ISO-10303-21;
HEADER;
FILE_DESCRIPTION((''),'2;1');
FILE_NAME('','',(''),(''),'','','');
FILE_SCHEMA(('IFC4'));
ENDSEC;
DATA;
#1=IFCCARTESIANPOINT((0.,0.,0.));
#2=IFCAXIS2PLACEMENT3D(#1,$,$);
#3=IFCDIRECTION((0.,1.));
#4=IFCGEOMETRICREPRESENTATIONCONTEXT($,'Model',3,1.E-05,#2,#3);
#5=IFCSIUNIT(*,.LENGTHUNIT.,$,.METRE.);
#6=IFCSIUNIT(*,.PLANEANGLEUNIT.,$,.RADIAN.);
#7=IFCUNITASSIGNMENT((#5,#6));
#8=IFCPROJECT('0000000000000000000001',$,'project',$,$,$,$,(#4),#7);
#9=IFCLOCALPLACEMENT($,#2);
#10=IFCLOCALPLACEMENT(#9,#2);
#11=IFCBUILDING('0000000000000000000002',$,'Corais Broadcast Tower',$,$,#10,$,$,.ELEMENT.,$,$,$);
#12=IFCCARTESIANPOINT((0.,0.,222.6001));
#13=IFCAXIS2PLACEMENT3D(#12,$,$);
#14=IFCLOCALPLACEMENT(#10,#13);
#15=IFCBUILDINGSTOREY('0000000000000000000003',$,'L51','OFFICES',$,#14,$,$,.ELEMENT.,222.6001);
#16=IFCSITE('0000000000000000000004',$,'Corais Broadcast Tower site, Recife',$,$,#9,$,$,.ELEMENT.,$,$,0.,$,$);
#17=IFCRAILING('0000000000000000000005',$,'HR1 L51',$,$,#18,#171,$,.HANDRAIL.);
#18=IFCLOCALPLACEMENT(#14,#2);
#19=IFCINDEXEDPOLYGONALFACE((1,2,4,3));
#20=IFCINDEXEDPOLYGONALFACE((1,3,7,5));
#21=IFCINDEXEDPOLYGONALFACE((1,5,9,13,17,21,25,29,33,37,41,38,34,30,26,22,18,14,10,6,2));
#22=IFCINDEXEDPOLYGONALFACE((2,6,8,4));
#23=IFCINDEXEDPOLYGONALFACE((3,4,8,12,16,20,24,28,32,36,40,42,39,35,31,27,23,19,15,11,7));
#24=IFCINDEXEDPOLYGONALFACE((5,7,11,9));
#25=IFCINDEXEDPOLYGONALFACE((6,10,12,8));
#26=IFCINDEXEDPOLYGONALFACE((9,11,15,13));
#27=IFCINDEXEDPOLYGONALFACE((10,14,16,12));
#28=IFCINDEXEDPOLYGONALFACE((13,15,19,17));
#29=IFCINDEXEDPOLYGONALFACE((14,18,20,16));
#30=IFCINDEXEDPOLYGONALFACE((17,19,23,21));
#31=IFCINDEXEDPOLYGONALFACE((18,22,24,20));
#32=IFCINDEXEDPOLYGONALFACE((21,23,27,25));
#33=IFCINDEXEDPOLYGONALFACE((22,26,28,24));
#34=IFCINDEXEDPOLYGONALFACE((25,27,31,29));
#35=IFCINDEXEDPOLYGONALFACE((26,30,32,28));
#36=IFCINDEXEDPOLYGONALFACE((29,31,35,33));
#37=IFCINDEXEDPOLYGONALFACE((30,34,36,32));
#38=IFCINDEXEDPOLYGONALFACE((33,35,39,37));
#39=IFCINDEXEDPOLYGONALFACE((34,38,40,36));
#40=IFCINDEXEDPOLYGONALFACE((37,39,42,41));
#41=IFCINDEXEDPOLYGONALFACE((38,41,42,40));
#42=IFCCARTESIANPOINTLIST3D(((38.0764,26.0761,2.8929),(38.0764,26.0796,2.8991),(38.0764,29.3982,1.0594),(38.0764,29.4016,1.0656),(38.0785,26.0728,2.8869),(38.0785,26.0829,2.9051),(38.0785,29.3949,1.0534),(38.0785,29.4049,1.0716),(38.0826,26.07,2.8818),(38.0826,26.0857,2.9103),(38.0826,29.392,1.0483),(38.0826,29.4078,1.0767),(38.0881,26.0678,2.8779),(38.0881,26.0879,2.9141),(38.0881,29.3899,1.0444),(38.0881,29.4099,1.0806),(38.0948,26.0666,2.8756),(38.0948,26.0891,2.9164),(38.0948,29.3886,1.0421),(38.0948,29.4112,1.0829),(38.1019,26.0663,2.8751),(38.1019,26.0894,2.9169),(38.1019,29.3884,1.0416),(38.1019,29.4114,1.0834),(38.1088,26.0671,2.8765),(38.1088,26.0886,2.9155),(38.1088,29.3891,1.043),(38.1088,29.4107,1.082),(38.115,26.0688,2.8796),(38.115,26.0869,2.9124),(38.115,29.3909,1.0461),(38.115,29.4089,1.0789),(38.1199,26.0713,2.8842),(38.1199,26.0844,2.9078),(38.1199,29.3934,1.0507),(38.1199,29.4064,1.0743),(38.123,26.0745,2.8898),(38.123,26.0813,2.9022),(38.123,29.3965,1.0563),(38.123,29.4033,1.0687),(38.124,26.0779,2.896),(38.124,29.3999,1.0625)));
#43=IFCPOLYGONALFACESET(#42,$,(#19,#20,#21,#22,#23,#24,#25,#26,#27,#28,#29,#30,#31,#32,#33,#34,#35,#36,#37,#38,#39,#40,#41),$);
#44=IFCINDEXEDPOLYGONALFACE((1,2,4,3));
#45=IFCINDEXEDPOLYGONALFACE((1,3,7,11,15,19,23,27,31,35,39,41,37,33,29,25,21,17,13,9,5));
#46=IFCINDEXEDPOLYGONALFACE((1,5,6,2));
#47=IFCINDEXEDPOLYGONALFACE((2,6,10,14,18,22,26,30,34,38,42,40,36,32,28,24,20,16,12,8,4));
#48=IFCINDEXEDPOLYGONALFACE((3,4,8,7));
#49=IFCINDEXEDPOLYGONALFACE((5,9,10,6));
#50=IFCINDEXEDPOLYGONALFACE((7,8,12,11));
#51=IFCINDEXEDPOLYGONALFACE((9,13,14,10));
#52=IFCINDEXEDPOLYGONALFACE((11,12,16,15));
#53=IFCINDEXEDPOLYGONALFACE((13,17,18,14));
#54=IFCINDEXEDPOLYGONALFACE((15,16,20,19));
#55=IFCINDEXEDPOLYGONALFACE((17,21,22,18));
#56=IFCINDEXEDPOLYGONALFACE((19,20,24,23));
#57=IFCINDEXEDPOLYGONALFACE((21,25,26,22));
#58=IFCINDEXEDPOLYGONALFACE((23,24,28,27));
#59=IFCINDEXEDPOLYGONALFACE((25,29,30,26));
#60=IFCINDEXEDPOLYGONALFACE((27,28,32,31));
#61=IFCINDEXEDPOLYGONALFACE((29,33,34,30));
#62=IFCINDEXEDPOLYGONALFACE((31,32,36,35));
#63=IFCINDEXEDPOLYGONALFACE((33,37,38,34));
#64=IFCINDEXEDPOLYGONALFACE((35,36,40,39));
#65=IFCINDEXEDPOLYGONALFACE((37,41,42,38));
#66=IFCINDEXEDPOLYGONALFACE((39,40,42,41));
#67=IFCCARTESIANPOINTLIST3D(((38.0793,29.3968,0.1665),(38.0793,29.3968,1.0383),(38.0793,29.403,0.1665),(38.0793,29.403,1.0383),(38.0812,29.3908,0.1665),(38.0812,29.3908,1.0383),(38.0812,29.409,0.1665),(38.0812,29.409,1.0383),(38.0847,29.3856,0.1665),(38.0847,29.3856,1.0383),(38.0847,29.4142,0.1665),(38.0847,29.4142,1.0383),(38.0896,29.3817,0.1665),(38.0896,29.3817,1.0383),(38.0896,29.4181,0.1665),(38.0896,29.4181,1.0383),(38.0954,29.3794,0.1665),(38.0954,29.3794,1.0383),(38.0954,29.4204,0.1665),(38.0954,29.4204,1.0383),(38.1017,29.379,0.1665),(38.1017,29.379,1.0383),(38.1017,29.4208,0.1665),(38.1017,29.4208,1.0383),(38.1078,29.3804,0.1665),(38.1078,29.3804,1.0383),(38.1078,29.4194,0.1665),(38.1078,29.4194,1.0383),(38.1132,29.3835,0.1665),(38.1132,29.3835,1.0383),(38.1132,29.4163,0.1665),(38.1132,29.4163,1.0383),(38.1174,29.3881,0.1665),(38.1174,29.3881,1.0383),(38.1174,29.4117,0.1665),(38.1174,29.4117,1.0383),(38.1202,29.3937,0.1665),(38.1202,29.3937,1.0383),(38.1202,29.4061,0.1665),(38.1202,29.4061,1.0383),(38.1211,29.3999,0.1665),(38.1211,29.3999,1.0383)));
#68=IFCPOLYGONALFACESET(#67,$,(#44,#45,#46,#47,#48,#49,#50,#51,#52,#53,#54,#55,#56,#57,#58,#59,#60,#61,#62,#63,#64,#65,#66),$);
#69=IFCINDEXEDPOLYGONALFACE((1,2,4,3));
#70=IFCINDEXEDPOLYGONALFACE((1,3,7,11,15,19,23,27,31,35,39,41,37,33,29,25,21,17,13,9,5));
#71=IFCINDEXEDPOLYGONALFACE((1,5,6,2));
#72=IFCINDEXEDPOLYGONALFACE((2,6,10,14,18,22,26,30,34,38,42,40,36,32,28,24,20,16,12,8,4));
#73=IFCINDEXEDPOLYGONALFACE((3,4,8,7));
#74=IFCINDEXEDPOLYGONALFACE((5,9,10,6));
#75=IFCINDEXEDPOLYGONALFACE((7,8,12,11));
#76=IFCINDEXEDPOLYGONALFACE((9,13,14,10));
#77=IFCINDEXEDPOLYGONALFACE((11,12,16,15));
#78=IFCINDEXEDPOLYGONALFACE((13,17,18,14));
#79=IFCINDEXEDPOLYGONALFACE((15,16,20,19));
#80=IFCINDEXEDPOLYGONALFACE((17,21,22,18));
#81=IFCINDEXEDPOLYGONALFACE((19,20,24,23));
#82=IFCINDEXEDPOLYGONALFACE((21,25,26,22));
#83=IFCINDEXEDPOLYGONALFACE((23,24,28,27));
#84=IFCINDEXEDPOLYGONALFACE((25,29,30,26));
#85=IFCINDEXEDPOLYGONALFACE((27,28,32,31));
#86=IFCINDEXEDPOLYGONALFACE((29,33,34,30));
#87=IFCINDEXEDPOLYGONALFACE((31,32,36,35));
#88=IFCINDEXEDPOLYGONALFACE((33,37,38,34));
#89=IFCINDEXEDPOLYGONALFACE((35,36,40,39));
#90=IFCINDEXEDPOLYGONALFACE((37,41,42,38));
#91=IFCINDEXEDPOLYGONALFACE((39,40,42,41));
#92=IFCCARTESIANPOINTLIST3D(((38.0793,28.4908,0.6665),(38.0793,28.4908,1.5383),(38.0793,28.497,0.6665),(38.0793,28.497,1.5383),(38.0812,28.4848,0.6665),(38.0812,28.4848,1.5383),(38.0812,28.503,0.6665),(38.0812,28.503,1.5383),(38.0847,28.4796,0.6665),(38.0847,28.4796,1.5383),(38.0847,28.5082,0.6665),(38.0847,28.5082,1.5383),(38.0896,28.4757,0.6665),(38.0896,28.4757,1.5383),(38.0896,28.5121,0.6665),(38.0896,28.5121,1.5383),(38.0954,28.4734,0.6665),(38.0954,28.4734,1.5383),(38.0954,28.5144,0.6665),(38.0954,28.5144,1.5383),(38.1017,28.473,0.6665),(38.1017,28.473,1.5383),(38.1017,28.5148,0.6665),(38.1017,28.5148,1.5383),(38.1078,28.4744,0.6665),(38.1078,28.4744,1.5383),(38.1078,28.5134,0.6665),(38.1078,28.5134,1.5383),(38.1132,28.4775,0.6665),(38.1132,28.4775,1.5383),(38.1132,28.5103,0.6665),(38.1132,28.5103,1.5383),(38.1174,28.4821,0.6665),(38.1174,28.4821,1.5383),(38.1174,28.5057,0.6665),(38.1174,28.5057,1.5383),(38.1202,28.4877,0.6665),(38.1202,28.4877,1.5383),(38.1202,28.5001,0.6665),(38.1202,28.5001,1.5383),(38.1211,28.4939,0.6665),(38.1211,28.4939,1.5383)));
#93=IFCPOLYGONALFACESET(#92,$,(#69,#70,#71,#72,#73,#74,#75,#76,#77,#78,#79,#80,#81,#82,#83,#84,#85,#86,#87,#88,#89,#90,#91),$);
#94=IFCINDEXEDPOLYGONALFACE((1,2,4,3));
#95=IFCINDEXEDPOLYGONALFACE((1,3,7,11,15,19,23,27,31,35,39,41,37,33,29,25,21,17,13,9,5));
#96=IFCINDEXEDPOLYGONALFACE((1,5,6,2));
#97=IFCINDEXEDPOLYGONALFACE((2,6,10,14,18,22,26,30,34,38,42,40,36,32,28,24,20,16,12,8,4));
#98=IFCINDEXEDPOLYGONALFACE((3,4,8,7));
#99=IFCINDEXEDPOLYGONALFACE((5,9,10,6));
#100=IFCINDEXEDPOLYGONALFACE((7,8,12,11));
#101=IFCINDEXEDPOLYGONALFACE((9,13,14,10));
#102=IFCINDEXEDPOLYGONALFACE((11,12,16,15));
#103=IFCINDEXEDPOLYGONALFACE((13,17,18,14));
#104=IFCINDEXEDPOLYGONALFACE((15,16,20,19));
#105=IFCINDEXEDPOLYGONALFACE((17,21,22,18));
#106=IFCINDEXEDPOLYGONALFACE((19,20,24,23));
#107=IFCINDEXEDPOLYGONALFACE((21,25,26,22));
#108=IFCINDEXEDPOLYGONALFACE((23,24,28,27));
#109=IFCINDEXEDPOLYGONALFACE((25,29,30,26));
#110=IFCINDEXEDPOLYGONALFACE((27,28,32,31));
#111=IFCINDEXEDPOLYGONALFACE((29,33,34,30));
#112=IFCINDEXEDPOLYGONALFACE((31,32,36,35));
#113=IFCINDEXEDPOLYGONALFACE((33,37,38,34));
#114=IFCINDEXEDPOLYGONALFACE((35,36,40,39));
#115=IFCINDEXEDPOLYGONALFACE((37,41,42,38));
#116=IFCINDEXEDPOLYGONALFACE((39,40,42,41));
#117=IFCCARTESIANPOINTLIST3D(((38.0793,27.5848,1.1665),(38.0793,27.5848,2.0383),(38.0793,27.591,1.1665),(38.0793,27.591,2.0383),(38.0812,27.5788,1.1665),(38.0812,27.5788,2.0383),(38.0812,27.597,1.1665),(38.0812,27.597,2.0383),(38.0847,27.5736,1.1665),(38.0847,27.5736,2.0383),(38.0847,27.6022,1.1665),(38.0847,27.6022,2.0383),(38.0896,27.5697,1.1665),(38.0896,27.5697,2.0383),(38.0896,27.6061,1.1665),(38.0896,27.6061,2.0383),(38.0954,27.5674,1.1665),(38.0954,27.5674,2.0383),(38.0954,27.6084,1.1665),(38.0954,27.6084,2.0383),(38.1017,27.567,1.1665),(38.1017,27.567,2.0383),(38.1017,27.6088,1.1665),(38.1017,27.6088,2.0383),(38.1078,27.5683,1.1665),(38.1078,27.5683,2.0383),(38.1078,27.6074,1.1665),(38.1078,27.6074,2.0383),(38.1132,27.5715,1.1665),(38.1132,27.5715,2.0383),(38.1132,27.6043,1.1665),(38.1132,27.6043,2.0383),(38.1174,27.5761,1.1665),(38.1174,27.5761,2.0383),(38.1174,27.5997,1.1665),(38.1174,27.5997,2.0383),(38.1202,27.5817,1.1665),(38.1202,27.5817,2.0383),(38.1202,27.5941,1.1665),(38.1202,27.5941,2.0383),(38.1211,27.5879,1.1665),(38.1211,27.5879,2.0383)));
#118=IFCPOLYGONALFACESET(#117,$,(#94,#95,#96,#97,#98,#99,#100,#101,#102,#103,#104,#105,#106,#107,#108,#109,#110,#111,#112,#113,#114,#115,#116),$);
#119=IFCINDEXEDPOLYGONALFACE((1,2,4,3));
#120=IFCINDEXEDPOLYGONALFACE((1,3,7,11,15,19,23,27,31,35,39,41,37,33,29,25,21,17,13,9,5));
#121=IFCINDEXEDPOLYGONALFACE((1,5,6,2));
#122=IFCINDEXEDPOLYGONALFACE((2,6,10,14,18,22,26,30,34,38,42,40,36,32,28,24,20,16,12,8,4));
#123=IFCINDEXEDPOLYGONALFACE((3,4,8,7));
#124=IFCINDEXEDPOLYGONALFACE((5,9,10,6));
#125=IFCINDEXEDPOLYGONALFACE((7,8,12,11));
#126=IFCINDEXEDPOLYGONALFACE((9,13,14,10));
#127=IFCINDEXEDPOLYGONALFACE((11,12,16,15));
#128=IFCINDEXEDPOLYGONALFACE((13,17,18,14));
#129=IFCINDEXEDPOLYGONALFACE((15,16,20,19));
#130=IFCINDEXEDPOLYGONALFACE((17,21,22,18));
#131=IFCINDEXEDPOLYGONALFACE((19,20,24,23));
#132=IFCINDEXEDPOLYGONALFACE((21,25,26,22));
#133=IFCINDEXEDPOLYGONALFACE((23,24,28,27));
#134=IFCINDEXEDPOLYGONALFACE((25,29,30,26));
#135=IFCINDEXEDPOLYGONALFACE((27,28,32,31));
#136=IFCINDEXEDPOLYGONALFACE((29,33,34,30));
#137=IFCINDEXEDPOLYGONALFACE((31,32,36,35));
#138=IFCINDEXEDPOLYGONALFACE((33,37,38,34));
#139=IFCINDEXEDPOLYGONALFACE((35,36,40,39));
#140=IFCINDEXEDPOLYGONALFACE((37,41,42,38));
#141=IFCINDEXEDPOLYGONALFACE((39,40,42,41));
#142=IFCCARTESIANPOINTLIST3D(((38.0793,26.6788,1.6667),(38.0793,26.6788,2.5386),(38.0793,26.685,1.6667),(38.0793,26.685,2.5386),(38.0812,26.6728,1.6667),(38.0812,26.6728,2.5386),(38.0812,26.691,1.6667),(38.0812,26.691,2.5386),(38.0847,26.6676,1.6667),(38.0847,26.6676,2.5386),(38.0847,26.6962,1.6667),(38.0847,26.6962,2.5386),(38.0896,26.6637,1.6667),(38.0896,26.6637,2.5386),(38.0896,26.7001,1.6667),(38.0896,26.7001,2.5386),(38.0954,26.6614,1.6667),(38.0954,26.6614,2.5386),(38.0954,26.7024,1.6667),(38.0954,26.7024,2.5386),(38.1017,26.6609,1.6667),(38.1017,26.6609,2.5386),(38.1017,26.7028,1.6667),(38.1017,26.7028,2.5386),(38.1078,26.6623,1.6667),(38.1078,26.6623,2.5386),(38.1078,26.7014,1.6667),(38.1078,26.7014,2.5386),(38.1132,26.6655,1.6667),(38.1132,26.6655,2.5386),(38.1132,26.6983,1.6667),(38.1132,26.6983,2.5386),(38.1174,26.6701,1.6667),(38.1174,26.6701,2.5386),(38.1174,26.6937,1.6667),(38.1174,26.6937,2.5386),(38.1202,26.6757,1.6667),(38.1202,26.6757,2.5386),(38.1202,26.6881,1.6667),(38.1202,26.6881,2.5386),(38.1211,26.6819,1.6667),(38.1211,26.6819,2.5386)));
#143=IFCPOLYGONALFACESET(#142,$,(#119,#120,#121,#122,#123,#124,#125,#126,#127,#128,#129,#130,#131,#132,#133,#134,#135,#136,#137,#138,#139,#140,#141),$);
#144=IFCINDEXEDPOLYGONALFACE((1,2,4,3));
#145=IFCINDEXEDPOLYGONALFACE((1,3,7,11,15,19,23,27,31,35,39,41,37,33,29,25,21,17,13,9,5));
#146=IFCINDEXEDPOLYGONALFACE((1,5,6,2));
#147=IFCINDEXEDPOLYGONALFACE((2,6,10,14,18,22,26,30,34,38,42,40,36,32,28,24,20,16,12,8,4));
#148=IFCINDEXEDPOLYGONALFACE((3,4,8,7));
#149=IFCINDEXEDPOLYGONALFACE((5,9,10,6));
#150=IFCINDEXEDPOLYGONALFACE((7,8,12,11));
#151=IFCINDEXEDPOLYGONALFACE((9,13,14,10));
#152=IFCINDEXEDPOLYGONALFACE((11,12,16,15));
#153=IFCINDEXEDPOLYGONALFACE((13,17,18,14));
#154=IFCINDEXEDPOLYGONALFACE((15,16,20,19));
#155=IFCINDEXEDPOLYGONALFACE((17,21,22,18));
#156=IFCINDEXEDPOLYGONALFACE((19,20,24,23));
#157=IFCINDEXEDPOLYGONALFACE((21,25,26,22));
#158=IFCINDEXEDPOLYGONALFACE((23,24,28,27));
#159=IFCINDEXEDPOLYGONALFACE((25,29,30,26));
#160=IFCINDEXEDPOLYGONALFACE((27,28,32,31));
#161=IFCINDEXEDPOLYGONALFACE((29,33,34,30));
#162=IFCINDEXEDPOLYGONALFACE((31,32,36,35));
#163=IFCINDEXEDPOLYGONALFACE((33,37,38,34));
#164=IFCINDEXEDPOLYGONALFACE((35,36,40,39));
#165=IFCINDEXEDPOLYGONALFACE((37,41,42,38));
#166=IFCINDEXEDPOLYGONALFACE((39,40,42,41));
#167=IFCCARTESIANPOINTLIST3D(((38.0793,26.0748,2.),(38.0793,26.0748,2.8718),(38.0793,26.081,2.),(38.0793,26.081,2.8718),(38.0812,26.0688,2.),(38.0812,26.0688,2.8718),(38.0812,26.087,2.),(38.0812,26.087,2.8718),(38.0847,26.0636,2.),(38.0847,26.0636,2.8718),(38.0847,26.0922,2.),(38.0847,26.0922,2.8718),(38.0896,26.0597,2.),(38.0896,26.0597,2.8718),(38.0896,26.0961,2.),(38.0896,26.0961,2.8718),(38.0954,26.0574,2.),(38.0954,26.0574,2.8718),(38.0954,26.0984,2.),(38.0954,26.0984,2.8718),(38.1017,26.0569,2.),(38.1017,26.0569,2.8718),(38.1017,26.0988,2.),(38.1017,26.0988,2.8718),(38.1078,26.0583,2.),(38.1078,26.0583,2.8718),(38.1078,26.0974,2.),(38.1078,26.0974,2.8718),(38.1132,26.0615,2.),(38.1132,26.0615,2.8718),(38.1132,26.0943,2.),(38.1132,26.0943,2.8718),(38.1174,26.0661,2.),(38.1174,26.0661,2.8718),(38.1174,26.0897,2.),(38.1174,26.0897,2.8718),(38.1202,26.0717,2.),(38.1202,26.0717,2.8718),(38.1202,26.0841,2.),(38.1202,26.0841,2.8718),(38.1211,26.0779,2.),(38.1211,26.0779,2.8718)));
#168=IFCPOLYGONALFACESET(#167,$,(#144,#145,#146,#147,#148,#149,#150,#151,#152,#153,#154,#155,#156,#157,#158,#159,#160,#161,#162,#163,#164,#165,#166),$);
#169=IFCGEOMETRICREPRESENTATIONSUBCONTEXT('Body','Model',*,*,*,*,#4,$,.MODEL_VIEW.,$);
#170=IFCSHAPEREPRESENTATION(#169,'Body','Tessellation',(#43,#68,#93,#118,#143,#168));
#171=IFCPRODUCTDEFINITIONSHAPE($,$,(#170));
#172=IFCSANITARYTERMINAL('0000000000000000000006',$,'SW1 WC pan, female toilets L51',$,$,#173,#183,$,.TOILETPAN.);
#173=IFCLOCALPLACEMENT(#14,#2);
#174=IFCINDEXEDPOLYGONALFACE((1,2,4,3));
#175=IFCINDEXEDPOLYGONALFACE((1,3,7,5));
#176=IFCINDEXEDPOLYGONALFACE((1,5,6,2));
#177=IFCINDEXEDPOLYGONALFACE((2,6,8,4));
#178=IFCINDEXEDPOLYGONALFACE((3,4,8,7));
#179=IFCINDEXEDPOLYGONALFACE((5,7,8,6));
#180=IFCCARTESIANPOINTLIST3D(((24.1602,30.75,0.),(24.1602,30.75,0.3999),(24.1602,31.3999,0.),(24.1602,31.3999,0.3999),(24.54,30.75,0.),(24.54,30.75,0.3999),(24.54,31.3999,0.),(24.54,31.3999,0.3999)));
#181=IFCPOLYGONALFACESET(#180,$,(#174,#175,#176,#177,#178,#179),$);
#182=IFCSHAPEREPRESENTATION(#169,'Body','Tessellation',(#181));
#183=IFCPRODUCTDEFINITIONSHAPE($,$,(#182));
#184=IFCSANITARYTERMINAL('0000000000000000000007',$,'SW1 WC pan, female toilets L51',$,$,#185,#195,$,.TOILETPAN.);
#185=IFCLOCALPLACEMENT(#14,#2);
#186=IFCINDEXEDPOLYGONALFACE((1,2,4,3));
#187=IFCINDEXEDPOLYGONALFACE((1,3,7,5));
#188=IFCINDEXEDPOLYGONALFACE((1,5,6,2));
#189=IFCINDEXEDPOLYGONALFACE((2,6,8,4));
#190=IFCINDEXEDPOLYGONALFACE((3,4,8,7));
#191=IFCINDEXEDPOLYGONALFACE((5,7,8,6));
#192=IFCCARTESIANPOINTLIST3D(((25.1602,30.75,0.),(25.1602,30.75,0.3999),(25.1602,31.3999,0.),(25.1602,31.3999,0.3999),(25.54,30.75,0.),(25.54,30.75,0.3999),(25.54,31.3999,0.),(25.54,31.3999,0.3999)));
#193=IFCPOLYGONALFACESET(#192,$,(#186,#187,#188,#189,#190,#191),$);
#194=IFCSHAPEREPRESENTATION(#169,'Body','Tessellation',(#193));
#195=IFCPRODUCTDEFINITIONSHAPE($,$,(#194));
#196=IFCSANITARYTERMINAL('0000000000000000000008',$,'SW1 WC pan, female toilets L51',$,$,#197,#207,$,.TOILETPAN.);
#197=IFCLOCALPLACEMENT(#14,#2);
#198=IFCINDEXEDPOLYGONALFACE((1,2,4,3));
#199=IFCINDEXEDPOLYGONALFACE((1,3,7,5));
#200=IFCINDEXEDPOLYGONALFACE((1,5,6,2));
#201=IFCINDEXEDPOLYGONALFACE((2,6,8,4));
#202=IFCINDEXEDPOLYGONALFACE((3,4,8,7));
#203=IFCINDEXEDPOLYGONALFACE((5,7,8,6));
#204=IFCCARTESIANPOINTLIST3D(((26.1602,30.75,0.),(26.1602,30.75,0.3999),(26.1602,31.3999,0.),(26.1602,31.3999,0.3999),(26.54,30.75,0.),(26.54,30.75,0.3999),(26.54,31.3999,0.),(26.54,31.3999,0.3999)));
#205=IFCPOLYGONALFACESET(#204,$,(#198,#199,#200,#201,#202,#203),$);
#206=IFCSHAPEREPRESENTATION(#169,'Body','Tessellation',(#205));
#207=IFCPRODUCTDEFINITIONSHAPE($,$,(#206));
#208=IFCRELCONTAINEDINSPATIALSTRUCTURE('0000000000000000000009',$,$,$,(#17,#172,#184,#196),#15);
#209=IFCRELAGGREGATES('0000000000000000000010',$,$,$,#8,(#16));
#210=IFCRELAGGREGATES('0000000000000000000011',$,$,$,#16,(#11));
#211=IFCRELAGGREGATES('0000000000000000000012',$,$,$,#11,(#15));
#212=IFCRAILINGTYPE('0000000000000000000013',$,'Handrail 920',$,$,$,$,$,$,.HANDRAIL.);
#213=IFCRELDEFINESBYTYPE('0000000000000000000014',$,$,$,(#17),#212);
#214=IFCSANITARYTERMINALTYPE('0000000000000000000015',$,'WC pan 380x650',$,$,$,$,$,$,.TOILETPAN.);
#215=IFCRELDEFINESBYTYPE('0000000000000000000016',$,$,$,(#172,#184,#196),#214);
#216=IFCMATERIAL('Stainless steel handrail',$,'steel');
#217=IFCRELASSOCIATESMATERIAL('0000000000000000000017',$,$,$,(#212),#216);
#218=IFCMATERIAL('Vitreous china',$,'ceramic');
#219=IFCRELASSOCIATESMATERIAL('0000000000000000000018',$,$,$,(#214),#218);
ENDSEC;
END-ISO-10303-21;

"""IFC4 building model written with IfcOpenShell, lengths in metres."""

from ifc_helpers import new_model, si_unit, direction, frame, origin, origin_2d, place, context, subcontext, project, spatial, rectangle, circle, extrude, material, type_object, element, save


model = new_model("IFC4")

# Units and contexts
model_context = context("Model", 3, precision=1e-05, world=origin(), true_north=direction((0.0, 1.0)))
body_context = subcontext(model_context, "Body", "Model", "MODEL_VIEW")
ifc_project = project(units=[si_unit("LENGTHUNIT", "METRE"), si_unit("PLANEANGLEUNIT", "RADIAN")], contexts=[model_context])

# Site, building, storey
site_placement = place(None, origin())
site = spatial("IfcSite", under=ifc_project, at=site_placement, Name="Corais Broadcast Tower site, Recife", CompositionType="ELEMENT", RefElevation=0.0)
building_placement = place(site_placement, origin())
building = spatial("IfcBuilding", under=site, at=building_placement, Name="Corais Broadcast Tower", CompositionType="ELEMENT")
storey_placement = place(building_placement, frame((0.0, 0.0, 222.6001)))
storey = spatial("IfcBuildingStorey", under=building, at=storey_placement, Name="L51", Description="OFFICES", CompositionType="ELEMENT", Elevation=222.6001)

# Railing
ifc_material_1 = material(Name="Stainless steel handrail", Category="steel")
railing_type = type_object("IfcRailingType", Name="Handrail 920", PredefinedType="HANDRAIL", material=ifc_material_1)
for number, where, name in (
    (1, (38.1001, 29.3999, 0.1665), "HR1 L51"),
):
    element("IfcRailing", number, at=place(storey_placement, frame(where)), inside=storey, type_object=railing_type, Name=name, PredefinedType="HANDRAIL", context=body_context, shape_type="SweptSolid", body=[
        extrude(circle(Radius=0.0239, at=origin_2d()), frame((0.0, 0.0, 0.896), z_axis=(0.0, -0.875504, 0.48321), x_axis=(1.0, 0.0, 0.0)), (0.0, 0.0, 1.0), 3.7944),
        extrude(circle(Radius=0.021, at=origin_2d()), origin(), (0.0, 0.0, 1.0), 0.8718),
        extrude(circle(Radius=0.021, at=origin_2d()), frame((0.0, -0.906, 0.5)), (0.0, 0.0, 1.0), 0.8718),
        extrude(circle(Radius=0.021, at=origin_2d()), frame((0.0, -1.812, 1.0)), (0.0, 0.0, 1.0), 0.8718),
        extrude(circle(Radius=0.021, at=origin_2d()), frame((0.0, -2.718, 1.5002)), (0.0, 0.0, 1.0), 0.8718),
        extrude(circle(Radius=0.021, at=origin_2d()), frame((0.0, -3.322, 1.8335)), (0.0, 0.0, 1.0), 0.8718),
    ])

# Sanitary terminals
ifc_material_2 = material(Name="Vitreous china", Category="ceramic")
sanitary_terminal_type_1 = type_object("IfcSanitaryTerminalType", Name="WC pan 380x650", PredefinedType="TOILETPAN", material=ifc_material_2)
for number, where, z_axis, x_axis, name in (
    (2, (24.3501, 31.075, 0.0), (0.0, 0.0, 1.0), (1.0, 0.0, 0.0), "SW1 WC pan, female toilets L51"),
    (3, (25.3501, 31.075, 0.0), (0.0, 0.0, 1.0), (1.0, 0.0, 0.0), "SW1 WC pan, female toilets L51"),
    (4, (26.3501, 31.075, 0.0), (0.0, 0.0, 1.0), (1.0, 0.0, 0.0), "SW1 WC pan, female toilets L51"),
):
    element("IfcSanitaryTerminal", number, at=place(storey_placement, frame(where, z_axis=z_axis, x_axis=x_axis)), inside=storey, type_object=sanitary_terminal_type_1, Name=name, PredefinedType="TOILETPAN", context=body_context, shape_type="SweptSolid", body=[
        extrude(rectangle(XDim=0.3799, YDim=0.6499, at=origin_2d()), origin(), (0.0, 0.0, 1.0), 0.3999),
    ])

save(model, "model.ifc")
